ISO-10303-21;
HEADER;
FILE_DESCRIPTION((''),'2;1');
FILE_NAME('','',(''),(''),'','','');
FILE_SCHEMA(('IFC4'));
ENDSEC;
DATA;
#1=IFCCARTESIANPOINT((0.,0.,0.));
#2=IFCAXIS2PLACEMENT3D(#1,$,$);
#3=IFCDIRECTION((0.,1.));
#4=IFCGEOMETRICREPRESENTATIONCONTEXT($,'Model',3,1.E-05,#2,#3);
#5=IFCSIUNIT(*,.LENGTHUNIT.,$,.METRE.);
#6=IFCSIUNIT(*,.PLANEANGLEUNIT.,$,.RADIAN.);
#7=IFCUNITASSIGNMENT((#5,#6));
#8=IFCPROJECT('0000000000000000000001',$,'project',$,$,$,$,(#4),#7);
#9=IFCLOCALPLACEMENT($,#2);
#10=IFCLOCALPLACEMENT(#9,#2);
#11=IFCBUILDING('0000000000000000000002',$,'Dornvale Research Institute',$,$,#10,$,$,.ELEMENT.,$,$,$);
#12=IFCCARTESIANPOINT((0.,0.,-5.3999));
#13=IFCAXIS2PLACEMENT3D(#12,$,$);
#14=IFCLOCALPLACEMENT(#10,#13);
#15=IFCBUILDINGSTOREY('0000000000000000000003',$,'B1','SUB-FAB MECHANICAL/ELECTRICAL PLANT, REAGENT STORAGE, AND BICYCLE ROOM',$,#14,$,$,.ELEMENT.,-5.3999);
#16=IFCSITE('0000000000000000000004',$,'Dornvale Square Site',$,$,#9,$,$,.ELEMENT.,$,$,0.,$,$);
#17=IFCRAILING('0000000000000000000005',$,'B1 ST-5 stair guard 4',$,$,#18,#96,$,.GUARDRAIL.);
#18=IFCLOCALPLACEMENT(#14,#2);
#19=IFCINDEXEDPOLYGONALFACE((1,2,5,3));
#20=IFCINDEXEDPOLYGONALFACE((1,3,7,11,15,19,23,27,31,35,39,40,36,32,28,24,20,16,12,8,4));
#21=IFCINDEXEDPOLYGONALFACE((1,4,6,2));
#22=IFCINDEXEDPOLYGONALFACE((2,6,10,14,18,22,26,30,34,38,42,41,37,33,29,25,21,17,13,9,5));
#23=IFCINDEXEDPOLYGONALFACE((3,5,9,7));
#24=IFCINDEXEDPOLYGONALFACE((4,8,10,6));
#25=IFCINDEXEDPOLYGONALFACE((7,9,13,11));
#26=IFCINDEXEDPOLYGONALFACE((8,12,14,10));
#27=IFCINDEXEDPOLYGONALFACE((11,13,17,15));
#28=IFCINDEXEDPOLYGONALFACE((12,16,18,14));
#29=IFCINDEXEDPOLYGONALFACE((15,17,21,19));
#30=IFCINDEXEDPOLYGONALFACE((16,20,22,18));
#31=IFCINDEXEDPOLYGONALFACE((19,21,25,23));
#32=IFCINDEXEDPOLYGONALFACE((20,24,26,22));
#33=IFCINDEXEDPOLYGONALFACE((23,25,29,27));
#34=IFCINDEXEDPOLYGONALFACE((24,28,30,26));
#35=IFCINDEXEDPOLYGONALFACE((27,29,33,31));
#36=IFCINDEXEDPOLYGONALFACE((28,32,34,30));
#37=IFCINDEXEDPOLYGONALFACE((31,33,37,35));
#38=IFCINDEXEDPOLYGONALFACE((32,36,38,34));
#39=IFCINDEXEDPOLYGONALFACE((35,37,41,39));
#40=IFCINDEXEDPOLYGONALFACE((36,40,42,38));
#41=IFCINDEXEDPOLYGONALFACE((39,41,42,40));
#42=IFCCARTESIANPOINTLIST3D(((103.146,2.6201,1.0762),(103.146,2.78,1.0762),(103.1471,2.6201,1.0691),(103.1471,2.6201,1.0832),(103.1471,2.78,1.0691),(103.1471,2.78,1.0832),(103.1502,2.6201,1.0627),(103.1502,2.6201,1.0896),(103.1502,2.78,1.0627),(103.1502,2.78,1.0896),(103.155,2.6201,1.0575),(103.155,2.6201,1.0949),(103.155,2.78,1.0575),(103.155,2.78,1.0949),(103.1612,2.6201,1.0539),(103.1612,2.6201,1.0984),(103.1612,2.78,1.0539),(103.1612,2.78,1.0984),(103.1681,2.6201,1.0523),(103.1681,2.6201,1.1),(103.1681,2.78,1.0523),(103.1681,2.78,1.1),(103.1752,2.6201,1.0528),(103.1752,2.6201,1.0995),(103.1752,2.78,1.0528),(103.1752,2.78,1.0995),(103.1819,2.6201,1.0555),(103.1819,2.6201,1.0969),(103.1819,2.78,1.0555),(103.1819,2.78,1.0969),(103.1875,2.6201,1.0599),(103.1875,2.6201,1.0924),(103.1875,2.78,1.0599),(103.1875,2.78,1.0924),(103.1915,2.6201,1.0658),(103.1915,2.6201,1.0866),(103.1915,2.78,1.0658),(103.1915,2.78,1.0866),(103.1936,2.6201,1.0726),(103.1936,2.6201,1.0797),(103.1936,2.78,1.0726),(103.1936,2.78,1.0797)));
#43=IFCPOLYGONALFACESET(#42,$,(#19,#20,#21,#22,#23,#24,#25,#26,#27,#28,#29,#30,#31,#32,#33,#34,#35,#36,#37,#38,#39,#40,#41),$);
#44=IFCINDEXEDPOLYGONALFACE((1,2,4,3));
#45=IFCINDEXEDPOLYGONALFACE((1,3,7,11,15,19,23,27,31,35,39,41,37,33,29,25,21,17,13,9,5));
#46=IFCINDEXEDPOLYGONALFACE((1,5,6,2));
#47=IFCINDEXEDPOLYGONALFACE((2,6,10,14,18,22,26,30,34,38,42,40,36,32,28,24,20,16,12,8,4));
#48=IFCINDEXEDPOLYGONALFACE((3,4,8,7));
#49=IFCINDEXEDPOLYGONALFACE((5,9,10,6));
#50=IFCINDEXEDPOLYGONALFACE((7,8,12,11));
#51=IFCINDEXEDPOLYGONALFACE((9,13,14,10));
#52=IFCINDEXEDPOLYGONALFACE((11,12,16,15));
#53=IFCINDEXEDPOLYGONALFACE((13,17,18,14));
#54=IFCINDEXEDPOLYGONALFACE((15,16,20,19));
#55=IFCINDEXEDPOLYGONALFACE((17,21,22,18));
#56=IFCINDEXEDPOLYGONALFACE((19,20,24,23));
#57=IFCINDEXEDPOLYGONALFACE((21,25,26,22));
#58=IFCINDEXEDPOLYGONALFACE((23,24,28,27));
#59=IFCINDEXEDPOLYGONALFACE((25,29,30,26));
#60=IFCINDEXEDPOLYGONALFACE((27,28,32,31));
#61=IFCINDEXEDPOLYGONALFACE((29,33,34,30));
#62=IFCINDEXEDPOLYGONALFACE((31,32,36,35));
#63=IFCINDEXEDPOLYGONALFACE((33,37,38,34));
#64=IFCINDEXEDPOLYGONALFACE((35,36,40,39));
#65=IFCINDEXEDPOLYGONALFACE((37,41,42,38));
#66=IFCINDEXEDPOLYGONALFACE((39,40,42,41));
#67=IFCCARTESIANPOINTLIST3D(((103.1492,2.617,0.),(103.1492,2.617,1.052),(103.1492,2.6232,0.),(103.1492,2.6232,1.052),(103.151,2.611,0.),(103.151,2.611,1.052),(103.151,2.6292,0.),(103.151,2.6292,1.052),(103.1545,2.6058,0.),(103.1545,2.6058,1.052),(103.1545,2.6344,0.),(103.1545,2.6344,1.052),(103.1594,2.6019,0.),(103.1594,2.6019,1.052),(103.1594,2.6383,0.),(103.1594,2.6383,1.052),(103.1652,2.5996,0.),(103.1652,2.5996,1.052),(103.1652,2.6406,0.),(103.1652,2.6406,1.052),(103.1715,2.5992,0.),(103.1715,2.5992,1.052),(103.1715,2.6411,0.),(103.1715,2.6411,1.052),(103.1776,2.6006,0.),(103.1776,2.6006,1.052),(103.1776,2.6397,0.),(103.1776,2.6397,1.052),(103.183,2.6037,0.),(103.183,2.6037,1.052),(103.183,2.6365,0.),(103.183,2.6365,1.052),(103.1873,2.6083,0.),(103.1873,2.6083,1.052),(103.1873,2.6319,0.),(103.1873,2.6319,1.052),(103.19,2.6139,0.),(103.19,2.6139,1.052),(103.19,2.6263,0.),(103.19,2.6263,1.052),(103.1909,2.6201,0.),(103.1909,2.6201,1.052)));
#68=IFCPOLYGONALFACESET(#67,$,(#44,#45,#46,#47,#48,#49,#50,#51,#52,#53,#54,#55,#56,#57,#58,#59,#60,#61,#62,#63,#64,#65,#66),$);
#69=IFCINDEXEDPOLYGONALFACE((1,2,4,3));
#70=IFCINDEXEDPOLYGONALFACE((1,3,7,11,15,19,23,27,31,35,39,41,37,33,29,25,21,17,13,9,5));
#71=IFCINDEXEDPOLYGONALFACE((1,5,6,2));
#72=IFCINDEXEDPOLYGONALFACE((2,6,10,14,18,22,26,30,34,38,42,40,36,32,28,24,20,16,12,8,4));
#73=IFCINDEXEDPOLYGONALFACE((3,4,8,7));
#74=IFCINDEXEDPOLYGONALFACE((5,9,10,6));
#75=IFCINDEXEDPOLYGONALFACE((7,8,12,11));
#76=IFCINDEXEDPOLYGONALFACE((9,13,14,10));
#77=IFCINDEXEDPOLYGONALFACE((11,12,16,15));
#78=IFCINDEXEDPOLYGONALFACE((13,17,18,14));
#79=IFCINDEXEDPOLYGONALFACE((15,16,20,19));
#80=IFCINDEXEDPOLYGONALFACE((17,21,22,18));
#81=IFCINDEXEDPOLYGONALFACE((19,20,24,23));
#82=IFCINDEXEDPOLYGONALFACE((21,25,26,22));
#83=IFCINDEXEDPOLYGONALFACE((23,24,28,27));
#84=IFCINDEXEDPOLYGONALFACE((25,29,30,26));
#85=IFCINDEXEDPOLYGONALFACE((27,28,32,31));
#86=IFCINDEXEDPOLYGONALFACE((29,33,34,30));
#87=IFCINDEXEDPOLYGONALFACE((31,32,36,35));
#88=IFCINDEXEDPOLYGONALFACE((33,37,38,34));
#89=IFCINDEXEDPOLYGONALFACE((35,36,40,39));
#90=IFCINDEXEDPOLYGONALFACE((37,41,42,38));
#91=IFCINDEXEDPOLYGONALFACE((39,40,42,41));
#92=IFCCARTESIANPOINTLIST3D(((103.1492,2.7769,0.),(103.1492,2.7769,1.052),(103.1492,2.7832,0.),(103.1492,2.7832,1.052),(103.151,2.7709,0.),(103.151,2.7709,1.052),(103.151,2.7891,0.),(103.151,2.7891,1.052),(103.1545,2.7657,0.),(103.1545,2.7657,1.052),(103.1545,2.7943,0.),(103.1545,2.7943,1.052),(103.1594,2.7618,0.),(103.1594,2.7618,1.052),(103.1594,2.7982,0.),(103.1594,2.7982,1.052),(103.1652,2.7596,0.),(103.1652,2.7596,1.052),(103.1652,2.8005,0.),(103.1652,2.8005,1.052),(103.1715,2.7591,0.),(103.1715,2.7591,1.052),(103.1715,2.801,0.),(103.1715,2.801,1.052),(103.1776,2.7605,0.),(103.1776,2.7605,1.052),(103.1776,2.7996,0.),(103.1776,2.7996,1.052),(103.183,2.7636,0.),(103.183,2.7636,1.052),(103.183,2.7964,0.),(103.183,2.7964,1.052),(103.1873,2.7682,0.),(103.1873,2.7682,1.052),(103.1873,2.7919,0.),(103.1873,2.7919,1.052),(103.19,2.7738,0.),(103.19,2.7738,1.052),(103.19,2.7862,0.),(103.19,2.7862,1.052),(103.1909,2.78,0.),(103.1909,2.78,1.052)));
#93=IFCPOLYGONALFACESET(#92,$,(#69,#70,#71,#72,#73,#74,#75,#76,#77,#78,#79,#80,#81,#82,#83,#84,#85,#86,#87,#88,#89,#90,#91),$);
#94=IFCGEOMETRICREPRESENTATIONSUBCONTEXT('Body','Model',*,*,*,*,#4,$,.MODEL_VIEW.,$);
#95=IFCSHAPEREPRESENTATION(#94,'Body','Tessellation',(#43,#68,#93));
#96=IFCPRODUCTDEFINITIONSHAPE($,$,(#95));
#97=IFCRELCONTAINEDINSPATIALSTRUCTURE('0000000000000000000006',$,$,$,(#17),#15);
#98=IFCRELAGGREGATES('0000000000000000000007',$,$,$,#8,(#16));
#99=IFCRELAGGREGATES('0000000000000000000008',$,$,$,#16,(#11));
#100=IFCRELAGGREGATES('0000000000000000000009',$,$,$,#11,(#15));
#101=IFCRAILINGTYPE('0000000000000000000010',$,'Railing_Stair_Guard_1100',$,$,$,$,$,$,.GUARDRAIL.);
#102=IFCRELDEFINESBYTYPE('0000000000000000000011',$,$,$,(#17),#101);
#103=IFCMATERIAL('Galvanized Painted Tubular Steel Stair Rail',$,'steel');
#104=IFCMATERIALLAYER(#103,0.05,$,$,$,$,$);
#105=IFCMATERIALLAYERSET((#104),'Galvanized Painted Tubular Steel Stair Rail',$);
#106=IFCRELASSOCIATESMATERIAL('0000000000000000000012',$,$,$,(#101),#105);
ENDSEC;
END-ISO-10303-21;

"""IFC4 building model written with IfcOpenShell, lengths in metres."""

from ifc_helpers import new_model, si_unit, direction, frame, origin, origin_2d, place, context, subcontext, project, spatial, circle, extrude, material, layer, layer_set, type_object, element, save


model = new_model("IFC4")

# Units and contexts
model_context = context("Model", 3, precision=1e-05, world=origin(), true_north=direction((0.0, 1.0)))
body_context = subcontext(model_context, "Body", "Model", "MODEL_VIEW")
ifc_project = project(units=[si_unit("LENGTHUNIT", "METRE"), si_unit("PLANEANGLEUNIT", "RADIAN")], contexts=[model_context])

# Site, building, storey
site_placement = place(None, origin())
site = spatial("IfcSite", under=ifc_project, at=site_placement, Name="Dornvale Square Site", CompositionType="ELEMENT", RefElevation=0.0)
building_placement = place(site_placement, origin())
building = spatial("IfcBuilding", under=site, at=building_placement, Name="Dornvale Research Institute", CompositionType="ELEMENT")
storey_placement = place(building_placement, frame((0.0, 0.0, -5.3999)))
storey = spatial("IfcBuildingStorey", under=building, at=storey_placement, Name="B1", Description="SUB-FAB MECHANICAL/ELECTRICAL PLANT, REAGENT STORAGE, AND BICYCLE ROOM", CompositionType="ELEMENT", Elevation=-5.3999)

# Railing
ifc_material_1 = material(Name="Galvanized Painted Tubular Steel Stair Rail", Category="steel")
ifc_layer_1 = layer(ifc_material_1, 0.05)
ifc_layer_set_1 = layer_set([ifc_layer_1], Name="Galvanized Painted Tubular Steel Stair Rail")
railing_type_1 = type_object("IfcRailingType", Name="Railing_Stair_Guard_1100", PredefinedType="GUARDRAIL", material=ifc_layer_set_1)
railing_1_placement = place(storey_placement, frame((103.1699, 2.6201, 0.0)))
element("IfcRailing", 1, at=railing_1_placement, inside=storey, type_object=railing_type_1, Name="B1 ST-5 stair guard 4", PredefinedType="GUARDRAIL", context=body_context, shape_type="SweptSolid", body=[
    extrude(circle(Radius=0.0239, at=origin_2d()), frame((0.0, 0.0, 1.0762), z_axis=(0.0, 1.0, 0.0), x_axis=(-1.0, 0.0, 0.0)), (0.0, 0.0, 1.0), 0.1599),
    extrude(circle(Radius=0.021, at=origin_2d()), origin(), (0.0, 0.0, 1.0), 1.052),
    extrude(circle(Radius=0.021, at=origin_2d()), frame((0.0, 0.1599, 0.0)), (0.0, 0.0, 1.0), 1.052),
])

save(model, "model.ifc")
